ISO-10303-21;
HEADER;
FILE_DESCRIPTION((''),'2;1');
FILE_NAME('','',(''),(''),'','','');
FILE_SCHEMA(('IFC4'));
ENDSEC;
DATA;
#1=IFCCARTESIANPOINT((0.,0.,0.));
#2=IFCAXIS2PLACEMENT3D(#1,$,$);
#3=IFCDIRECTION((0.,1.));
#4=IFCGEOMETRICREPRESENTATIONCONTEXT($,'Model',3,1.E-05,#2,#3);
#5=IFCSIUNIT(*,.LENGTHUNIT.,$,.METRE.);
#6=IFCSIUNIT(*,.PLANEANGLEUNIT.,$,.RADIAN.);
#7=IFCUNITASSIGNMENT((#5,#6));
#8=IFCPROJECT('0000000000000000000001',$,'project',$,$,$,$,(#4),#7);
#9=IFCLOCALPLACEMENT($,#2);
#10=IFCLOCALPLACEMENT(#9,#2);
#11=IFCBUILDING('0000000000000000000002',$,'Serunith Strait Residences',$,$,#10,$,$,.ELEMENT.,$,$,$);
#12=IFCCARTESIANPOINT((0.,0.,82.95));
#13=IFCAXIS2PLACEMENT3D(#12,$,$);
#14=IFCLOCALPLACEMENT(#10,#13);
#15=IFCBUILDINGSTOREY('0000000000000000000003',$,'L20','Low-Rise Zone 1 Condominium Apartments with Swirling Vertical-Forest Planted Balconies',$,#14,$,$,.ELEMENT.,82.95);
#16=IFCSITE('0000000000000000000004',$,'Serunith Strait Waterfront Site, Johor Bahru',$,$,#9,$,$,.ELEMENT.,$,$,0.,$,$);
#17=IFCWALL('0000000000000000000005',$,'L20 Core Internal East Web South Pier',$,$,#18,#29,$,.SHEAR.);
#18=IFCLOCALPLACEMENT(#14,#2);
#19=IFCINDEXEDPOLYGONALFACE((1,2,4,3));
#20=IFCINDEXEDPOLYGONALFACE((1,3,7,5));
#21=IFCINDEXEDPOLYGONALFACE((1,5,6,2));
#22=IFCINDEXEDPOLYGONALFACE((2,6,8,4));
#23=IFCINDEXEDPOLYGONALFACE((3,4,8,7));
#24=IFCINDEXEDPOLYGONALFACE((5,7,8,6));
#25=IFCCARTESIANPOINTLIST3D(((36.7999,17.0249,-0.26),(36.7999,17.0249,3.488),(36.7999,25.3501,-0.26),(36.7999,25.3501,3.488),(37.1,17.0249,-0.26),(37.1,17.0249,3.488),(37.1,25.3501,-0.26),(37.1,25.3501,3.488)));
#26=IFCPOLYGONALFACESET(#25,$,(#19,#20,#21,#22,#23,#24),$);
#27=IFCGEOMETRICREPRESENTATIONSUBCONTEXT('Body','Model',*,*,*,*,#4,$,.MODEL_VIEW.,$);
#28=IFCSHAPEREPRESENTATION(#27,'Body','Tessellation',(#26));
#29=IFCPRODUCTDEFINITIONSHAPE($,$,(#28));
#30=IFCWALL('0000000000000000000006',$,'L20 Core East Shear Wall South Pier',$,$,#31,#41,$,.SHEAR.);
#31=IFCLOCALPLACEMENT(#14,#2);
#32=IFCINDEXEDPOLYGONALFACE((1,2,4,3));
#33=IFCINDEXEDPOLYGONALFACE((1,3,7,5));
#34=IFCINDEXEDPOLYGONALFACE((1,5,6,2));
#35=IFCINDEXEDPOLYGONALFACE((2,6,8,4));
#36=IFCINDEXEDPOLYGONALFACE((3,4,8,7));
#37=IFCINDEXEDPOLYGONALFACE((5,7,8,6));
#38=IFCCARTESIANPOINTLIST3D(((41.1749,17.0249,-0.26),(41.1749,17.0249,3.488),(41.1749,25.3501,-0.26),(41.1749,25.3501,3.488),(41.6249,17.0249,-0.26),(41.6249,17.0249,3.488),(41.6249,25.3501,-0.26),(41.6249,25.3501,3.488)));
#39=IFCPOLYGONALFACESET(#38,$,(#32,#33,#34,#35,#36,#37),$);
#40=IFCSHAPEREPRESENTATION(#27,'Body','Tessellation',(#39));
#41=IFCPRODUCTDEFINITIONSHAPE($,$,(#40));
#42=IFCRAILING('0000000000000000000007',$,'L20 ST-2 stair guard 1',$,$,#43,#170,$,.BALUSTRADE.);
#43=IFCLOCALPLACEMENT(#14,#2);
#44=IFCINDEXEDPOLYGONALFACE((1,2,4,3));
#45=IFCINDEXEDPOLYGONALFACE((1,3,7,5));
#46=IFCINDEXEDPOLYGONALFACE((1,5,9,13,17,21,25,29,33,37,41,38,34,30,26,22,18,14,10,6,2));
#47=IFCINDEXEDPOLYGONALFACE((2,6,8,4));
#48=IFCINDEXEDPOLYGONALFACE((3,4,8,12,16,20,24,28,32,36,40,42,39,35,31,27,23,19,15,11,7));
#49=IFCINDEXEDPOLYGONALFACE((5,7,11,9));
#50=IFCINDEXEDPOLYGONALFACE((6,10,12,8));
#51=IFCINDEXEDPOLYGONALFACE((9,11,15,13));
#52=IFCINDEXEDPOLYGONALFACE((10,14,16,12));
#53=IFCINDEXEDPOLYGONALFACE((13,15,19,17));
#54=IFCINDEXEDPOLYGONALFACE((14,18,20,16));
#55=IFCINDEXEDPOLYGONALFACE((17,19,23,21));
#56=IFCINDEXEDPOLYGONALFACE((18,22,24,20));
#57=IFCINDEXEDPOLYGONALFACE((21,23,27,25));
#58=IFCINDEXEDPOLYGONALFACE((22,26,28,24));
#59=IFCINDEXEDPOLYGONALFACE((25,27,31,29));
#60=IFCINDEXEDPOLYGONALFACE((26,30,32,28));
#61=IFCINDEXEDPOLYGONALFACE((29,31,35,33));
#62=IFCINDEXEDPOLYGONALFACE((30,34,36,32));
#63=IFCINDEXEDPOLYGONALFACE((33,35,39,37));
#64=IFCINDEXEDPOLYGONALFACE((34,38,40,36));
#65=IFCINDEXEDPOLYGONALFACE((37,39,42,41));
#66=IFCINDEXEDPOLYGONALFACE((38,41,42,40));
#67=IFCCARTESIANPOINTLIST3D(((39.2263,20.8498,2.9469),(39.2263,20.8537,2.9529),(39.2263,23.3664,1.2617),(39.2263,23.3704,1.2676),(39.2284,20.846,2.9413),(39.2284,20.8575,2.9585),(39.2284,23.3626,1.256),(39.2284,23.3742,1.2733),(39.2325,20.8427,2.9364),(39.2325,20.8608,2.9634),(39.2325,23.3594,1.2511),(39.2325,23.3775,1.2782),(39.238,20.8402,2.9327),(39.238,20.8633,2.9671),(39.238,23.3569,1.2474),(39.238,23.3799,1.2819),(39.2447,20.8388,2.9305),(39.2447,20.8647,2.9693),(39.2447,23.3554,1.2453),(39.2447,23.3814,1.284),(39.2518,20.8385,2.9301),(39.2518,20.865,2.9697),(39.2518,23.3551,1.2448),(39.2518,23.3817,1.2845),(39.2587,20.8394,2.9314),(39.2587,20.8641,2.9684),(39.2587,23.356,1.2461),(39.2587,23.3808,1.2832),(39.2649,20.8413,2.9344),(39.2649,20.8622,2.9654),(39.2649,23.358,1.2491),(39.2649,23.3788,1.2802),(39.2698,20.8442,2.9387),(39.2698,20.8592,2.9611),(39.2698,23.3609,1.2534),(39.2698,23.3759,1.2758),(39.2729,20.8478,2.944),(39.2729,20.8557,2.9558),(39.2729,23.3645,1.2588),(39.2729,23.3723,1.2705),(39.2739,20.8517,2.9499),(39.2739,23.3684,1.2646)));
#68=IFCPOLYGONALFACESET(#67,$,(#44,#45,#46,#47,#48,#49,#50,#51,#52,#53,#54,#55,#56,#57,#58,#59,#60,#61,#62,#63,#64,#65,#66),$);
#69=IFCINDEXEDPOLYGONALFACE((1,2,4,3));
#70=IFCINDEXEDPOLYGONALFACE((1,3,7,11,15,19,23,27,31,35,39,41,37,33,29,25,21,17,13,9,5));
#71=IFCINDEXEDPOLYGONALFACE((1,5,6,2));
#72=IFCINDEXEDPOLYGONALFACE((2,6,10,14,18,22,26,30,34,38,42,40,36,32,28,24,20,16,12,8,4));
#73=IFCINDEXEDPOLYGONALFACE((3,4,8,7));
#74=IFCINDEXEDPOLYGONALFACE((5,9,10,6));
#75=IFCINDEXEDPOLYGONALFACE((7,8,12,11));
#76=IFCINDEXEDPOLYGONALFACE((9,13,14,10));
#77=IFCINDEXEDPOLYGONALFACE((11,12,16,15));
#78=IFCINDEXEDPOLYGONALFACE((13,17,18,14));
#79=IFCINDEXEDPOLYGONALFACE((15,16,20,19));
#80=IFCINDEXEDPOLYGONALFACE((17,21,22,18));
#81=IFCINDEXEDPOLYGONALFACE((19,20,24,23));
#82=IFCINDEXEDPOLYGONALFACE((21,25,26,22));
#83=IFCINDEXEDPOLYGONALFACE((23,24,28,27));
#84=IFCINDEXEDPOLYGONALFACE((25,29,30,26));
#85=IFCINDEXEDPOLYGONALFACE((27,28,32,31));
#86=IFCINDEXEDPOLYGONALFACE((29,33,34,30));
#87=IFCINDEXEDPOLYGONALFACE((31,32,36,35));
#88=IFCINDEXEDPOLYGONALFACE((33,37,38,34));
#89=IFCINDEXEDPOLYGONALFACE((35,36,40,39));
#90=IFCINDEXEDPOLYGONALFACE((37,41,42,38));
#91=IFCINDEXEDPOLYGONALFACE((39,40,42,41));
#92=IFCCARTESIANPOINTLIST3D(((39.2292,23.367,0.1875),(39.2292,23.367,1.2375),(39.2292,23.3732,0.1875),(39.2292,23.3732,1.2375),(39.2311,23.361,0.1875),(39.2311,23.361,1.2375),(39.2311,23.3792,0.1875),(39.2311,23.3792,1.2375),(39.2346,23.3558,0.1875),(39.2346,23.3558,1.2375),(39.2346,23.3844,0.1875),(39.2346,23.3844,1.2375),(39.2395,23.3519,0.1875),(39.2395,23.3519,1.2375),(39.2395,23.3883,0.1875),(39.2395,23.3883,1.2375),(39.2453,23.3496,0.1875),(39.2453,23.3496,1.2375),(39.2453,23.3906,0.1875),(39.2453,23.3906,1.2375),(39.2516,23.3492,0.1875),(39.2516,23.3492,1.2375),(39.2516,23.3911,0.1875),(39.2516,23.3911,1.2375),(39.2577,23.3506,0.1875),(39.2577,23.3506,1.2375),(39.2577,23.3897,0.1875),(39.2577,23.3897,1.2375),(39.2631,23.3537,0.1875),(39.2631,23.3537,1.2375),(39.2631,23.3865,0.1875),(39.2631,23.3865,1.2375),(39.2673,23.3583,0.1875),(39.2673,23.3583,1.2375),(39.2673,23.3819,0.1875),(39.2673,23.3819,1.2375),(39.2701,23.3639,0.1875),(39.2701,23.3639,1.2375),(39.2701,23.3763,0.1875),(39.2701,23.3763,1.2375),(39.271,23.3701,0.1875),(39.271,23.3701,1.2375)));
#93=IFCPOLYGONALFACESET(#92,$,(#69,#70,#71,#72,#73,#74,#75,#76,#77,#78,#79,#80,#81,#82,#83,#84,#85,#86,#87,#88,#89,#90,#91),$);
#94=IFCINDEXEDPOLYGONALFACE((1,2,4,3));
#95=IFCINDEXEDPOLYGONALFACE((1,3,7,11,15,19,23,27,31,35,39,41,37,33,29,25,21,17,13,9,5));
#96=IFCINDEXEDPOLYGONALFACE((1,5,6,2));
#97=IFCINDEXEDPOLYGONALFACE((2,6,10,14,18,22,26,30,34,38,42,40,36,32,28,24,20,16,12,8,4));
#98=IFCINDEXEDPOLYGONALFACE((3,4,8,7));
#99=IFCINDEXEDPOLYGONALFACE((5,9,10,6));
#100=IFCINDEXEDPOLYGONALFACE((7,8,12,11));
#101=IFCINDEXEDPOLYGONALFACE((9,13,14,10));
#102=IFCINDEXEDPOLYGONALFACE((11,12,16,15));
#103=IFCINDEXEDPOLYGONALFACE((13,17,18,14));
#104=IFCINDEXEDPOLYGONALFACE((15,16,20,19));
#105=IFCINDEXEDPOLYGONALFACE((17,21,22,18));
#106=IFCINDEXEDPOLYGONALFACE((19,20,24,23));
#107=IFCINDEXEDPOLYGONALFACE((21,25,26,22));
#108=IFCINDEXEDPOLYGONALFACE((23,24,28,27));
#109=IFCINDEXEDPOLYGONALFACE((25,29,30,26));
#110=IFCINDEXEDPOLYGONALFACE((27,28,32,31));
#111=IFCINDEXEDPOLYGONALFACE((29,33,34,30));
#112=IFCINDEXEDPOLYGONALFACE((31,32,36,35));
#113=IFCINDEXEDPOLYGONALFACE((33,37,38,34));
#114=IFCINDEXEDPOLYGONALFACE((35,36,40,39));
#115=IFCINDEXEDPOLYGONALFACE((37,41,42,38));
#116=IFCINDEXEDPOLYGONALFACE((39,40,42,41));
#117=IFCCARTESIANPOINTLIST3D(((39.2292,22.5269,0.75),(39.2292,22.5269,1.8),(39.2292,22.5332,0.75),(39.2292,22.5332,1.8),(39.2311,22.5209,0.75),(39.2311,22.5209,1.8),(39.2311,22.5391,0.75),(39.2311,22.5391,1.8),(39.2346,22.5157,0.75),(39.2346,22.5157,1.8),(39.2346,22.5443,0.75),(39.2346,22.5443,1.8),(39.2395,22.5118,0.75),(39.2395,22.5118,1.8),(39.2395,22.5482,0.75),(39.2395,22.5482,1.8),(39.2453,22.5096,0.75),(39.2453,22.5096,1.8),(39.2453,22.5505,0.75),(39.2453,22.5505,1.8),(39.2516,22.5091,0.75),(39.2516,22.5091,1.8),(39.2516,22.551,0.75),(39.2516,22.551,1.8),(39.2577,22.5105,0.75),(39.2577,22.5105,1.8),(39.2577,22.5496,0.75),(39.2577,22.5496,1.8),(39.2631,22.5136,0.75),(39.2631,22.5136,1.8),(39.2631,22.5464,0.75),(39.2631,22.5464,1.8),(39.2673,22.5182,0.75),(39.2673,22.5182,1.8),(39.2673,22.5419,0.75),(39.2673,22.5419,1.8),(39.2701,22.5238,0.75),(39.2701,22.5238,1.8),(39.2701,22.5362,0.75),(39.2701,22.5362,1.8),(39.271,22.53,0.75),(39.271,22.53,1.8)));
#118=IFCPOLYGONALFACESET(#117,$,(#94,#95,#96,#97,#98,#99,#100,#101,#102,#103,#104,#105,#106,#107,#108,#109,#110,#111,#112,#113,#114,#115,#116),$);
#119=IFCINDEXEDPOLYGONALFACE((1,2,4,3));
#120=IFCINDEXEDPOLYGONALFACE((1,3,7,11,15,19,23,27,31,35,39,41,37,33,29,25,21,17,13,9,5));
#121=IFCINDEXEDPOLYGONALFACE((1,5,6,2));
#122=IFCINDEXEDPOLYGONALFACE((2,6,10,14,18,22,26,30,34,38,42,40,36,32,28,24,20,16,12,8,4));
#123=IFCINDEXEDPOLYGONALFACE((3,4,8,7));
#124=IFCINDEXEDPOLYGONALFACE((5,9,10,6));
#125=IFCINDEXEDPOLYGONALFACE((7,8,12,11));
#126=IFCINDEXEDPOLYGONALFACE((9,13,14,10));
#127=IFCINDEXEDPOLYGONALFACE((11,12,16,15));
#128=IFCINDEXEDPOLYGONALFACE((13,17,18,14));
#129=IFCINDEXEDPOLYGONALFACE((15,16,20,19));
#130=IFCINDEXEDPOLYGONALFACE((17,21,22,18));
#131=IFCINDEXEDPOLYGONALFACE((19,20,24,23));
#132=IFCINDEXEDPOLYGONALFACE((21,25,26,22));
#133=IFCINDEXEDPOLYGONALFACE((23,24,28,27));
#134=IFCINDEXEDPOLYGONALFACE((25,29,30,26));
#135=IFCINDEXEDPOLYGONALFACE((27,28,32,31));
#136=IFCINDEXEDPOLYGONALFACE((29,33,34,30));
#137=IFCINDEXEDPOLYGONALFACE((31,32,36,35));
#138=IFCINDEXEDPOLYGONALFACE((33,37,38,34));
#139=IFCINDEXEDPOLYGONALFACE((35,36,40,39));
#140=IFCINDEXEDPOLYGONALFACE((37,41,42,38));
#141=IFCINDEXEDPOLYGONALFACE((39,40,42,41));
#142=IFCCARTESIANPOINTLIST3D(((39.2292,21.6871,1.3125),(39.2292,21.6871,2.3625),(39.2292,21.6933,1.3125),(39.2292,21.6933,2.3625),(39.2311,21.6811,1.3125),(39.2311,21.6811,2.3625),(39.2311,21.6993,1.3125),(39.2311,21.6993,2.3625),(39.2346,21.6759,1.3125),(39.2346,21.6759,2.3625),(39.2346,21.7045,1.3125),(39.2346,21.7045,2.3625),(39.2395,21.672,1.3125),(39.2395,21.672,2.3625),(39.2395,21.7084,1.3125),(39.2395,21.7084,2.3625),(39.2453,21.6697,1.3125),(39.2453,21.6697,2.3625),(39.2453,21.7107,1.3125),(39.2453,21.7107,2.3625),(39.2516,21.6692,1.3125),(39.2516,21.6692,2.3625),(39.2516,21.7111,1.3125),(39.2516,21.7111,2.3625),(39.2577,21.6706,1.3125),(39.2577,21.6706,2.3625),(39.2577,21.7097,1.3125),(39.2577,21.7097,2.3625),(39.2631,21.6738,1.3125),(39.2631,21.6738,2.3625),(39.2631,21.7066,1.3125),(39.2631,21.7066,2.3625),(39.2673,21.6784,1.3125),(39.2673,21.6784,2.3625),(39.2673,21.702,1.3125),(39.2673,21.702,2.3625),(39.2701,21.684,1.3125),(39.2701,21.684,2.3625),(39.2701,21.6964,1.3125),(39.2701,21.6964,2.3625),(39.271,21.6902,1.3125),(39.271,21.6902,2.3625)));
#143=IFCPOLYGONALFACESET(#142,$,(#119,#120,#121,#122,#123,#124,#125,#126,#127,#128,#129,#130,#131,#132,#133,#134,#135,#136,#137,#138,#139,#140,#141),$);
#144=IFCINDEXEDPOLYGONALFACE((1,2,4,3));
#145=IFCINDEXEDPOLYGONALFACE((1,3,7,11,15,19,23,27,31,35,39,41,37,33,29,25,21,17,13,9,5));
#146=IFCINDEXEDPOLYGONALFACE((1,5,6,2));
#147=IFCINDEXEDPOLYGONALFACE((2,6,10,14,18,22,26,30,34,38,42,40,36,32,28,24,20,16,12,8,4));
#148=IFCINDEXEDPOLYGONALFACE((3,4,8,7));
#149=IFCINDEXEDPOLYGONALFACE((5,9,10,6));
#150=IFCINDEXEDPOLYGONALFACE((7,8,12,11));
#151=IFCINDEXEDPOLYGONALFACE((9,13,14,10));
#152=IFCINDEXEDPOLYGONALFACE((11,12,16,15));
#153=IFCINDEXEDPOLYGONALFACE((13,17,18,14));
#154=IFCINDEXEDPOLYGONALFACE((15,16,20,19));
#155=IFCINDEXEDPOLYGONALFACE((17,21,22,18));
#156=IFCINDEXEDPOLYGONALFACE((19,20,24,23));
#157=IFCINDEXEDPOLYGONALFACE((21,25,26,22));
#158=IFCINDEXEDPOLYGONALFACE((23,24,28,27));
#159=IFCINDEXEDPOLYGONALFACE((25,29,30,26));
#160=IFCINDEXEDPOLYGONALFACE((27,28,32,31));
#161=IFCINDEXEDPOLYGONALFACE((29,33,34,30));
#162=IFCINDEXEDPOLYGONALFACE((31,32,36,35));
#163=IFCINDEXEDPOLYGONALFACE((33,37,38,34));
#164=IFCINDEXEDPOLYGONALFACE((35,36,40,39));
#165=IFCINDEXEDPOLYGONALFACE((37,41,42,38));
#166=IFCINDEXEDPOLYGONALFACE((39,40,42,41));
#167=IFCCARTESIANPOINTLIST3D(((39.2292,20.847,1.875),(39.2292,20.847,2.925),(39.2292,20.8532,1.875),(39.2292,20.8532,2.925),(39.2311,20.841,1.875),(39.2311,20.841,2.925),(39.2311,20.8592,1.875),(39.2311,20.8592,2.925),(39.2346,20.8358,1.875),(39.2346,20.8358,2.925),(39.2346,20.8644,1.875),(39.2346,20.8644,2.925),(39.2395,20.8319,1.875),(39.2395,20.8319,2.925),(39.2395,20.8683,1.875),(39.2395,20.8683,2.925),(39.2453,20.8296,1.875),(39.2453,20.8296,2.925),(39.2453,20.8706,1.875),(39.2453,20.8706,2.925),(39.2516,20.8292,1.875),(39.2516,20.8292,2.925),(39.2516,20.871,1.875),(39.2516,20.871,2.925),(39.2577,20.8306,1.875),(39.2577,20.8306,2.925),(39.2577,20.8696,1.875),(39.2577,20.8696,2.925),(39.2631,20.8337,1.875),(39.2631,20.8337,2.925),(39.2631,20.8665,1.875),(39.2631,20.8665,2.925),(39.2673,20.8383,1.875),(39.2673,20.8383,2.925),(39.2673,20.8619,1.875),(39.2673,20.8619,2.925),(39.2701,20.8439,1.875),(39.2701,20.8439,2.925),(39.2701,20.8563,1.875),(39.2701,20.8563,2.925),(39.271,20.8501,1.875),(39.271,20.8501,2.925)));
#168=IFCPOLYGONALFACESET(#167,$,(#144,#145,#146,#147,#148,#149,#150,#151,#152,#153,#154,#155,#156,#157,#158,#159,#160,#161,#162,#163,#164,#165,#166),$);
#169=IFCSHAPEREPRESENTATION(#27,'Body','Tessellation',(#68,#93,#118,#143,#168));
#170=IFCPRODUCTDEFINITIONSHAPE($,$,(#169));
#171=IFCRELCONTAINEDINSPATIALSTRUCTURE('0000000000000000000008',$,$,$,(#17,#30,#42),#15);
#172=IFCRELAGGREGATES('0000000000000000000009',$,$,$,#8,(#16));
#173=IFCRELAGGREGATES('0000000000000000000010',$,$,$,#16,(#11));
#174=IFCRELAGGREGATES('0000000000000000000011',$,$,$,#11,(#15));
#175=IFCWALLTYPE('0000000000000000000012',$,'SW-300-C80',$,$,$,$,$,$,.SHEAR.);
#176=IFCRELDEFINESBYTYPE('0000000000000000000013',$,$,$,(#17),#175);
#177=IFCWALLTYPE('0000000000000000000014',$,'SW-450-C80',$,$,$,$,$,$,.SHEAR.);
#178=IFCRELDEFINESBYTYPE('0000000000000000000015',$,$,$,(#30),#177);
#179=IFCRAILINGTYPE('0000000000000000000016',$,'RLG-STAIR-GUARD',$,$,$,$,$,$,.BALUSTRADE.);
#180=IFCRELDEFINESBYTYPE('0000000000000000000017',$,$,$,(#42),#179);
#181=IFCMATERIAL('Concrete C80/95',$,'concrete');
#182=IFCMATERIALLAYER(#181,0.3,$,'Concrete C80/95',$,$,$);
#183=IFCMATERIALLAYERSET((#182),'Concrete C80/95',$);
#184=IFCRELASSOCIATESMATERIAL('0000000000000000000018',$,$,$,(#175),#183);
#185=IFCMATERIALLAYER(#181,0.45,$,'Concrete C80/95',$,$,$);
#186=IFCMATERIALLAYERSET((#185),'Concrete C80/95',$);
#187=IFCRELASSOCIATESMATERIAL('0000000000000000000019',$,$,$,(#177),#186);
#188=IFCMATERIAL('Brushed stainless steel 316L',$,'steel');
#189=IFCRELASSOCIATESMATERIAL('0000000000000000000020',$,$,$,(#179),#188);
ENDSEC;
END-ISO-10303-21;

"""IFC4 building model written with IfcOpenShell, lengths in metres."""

from ifc_helpers import new_model, si_unit, direction, frame, frame_2d, origin, origin_2d, place, context, subcontext, project, spatial, rectangle, circle, extrude, material, layer, layer_set, type_object, element, save


model = new_model("IFC4")

# Units and contexts
model_context = context("Model", 3, precision=1e-05, world=origin(), true_north=direction((0.0, 1.0)))
body_context = subcontext(model_context, "Body", "Model", "MODEL_VIEW")
ifc_project = project(units=[si_unit("LENGTHUNIT", "METRE"), si_unit("PLANEANGLEUNIT", "RADIAN")], contexts=[model_context])

# Site, building, storey
site_placement = place(None, origin())
site = spatial("IfcSite", under=ifc_project, at=site_placement, Name="Serunith Strait Waterfront Site, Johor Bahru", CompositionType="ELEMENT", RefElevation=0.0)
building_placement = place(site_placement, origin())
building = spatial("IfcBuilding", under=site, at=building_placement, Name="Serunith Strait Residences", CompositionType="ELEMENT")
storey_placement = place(building_placement, frame((0.0, 0.0, 82.95)))
storey = spatial("IfcBuildingStorey", under=building, at=storey_placement, Name="L20", Description="Low-Rise Zone 1 Condominium Apartments with Swirling Vertical-Forest Planted Balconies", CompositionType="ELEMENT", Elevation=82.95)

# Walls
ifc_material_1 = material(Name="Concrete C80/95", Category="concrete")
ifc_layer_1 = layer(ifc_material_1, 0.3, Name="Concrete C80/95")
ifc_layer_set_1 = layer_set([ifc_layer_1], Name="Concrete C80/95")
wall_type_1 = type_object("IfcWallType", Name="SW-300-C80", PredefinedType="SHEAR", material=ifc_layer_set_1)
wall_1_placement = place(storey_placement, frame((36.95, 17.0249, -0.26), z_axis=(0.0, 0.0, 1.0), x_axis=(0.0, 1.0, 0.0)))
element("IfcWall", 1, at=wall_1_placement, inside=storey, type_object=wall_type_1, Name="L20 Core Internal East Web South Pier", PredefinedType="SHEAR", context=body_context, shape_type="SweptSolid", body=[
    extrude(rectangle(XDim=8.3252, YDim=0.3, at=frame_2d((4.1626, 0.0))), origin(), (0.0, 0.0, 1.0), 3.748),
])
ifc_layer_2 = layer(ifc_material_1, 0.45, Name="Concrete C80/95")
ifc_layer_set_2 = layer_set([ifc_layer_2], Name="Concrete C80/95")
wall_type_2 = type_object("IfcWallType", Name="SW-450-C80", PredefinedType="SHEAR", material=ifc_layer_set_2)
wall_2_placement = place(storey_placement, frame((41.3999, 17.0249, -0.26), z_axis=(0.0, 0.0, 1.0), x_axis=(0.0, 1.0, 0.0)))
element("IfcWall", 2, at=wall_2_placement, inside=storey, type_object=wall_type_2, Name="L20 Core East Shear Wall South Pier", PredefinedType="SHEAR", context=body_context, shape_type="SweptSolid", body=[
    extrude(rectangle(XDim=8.3252, YDim=0.45, at=frame_2d((4.1626, 0.0))), origin(), (0.0, 0.0, 1.0), 3.748),
])

# Railing
ifc_material_2 = material(Name="Brushed stainless steel 316L", Category="steel")
railing_type_1 = type_object("IfcRailingType", Name="RLG-STAIR-GUARD", PredefinedType="BALUSTRADE", material=ifc_material_2)
railing_1_placement = place(storey_placement, frame((39.25, 23.3701, 0.1875)))
element("IfcRailing", 3, at=railing_1_placement, inside=storey, type_object=railing_type_1, Name="L20 ST-2 stair guard 1", PredefinedType="BALUSTRADE", context=body_context, shape_type="SweptSolid", body=[
    extrude(circle(Radius=0.0239, at=origin_2d()), frame((0.0, -0.0017, 1.0771), z_axis=(0.0, -0.830909, 0.556408), x_axis=(1.0, 0.0, 0.0)), (0.0, 0.0, 1.0), 3.0288),
    extrude(circle(Radius=0.021, at=origin_2d()), origin(), (0.0, 0.0, 1.0), 1.05),
    extrude(circle(Radius=0.021, at=origin_2d()), frame((0.0, -0.8401, 0.5625)), (0.0, 0.0, 1.0), 1.05),
    extrude(circle(Radius=0.021, at=origin_2d()), frame((0.0, -1.6799, 1.125)), (0.0, 0.0, 1.0), 1.05),
    extrude(circle(Radius=0.021, at=origin_2d()), frame((0.0, -2.52, 1.6875)), (0.0, 0.0, 1.0), 1.05),
])

save(model, "model.ifc")
